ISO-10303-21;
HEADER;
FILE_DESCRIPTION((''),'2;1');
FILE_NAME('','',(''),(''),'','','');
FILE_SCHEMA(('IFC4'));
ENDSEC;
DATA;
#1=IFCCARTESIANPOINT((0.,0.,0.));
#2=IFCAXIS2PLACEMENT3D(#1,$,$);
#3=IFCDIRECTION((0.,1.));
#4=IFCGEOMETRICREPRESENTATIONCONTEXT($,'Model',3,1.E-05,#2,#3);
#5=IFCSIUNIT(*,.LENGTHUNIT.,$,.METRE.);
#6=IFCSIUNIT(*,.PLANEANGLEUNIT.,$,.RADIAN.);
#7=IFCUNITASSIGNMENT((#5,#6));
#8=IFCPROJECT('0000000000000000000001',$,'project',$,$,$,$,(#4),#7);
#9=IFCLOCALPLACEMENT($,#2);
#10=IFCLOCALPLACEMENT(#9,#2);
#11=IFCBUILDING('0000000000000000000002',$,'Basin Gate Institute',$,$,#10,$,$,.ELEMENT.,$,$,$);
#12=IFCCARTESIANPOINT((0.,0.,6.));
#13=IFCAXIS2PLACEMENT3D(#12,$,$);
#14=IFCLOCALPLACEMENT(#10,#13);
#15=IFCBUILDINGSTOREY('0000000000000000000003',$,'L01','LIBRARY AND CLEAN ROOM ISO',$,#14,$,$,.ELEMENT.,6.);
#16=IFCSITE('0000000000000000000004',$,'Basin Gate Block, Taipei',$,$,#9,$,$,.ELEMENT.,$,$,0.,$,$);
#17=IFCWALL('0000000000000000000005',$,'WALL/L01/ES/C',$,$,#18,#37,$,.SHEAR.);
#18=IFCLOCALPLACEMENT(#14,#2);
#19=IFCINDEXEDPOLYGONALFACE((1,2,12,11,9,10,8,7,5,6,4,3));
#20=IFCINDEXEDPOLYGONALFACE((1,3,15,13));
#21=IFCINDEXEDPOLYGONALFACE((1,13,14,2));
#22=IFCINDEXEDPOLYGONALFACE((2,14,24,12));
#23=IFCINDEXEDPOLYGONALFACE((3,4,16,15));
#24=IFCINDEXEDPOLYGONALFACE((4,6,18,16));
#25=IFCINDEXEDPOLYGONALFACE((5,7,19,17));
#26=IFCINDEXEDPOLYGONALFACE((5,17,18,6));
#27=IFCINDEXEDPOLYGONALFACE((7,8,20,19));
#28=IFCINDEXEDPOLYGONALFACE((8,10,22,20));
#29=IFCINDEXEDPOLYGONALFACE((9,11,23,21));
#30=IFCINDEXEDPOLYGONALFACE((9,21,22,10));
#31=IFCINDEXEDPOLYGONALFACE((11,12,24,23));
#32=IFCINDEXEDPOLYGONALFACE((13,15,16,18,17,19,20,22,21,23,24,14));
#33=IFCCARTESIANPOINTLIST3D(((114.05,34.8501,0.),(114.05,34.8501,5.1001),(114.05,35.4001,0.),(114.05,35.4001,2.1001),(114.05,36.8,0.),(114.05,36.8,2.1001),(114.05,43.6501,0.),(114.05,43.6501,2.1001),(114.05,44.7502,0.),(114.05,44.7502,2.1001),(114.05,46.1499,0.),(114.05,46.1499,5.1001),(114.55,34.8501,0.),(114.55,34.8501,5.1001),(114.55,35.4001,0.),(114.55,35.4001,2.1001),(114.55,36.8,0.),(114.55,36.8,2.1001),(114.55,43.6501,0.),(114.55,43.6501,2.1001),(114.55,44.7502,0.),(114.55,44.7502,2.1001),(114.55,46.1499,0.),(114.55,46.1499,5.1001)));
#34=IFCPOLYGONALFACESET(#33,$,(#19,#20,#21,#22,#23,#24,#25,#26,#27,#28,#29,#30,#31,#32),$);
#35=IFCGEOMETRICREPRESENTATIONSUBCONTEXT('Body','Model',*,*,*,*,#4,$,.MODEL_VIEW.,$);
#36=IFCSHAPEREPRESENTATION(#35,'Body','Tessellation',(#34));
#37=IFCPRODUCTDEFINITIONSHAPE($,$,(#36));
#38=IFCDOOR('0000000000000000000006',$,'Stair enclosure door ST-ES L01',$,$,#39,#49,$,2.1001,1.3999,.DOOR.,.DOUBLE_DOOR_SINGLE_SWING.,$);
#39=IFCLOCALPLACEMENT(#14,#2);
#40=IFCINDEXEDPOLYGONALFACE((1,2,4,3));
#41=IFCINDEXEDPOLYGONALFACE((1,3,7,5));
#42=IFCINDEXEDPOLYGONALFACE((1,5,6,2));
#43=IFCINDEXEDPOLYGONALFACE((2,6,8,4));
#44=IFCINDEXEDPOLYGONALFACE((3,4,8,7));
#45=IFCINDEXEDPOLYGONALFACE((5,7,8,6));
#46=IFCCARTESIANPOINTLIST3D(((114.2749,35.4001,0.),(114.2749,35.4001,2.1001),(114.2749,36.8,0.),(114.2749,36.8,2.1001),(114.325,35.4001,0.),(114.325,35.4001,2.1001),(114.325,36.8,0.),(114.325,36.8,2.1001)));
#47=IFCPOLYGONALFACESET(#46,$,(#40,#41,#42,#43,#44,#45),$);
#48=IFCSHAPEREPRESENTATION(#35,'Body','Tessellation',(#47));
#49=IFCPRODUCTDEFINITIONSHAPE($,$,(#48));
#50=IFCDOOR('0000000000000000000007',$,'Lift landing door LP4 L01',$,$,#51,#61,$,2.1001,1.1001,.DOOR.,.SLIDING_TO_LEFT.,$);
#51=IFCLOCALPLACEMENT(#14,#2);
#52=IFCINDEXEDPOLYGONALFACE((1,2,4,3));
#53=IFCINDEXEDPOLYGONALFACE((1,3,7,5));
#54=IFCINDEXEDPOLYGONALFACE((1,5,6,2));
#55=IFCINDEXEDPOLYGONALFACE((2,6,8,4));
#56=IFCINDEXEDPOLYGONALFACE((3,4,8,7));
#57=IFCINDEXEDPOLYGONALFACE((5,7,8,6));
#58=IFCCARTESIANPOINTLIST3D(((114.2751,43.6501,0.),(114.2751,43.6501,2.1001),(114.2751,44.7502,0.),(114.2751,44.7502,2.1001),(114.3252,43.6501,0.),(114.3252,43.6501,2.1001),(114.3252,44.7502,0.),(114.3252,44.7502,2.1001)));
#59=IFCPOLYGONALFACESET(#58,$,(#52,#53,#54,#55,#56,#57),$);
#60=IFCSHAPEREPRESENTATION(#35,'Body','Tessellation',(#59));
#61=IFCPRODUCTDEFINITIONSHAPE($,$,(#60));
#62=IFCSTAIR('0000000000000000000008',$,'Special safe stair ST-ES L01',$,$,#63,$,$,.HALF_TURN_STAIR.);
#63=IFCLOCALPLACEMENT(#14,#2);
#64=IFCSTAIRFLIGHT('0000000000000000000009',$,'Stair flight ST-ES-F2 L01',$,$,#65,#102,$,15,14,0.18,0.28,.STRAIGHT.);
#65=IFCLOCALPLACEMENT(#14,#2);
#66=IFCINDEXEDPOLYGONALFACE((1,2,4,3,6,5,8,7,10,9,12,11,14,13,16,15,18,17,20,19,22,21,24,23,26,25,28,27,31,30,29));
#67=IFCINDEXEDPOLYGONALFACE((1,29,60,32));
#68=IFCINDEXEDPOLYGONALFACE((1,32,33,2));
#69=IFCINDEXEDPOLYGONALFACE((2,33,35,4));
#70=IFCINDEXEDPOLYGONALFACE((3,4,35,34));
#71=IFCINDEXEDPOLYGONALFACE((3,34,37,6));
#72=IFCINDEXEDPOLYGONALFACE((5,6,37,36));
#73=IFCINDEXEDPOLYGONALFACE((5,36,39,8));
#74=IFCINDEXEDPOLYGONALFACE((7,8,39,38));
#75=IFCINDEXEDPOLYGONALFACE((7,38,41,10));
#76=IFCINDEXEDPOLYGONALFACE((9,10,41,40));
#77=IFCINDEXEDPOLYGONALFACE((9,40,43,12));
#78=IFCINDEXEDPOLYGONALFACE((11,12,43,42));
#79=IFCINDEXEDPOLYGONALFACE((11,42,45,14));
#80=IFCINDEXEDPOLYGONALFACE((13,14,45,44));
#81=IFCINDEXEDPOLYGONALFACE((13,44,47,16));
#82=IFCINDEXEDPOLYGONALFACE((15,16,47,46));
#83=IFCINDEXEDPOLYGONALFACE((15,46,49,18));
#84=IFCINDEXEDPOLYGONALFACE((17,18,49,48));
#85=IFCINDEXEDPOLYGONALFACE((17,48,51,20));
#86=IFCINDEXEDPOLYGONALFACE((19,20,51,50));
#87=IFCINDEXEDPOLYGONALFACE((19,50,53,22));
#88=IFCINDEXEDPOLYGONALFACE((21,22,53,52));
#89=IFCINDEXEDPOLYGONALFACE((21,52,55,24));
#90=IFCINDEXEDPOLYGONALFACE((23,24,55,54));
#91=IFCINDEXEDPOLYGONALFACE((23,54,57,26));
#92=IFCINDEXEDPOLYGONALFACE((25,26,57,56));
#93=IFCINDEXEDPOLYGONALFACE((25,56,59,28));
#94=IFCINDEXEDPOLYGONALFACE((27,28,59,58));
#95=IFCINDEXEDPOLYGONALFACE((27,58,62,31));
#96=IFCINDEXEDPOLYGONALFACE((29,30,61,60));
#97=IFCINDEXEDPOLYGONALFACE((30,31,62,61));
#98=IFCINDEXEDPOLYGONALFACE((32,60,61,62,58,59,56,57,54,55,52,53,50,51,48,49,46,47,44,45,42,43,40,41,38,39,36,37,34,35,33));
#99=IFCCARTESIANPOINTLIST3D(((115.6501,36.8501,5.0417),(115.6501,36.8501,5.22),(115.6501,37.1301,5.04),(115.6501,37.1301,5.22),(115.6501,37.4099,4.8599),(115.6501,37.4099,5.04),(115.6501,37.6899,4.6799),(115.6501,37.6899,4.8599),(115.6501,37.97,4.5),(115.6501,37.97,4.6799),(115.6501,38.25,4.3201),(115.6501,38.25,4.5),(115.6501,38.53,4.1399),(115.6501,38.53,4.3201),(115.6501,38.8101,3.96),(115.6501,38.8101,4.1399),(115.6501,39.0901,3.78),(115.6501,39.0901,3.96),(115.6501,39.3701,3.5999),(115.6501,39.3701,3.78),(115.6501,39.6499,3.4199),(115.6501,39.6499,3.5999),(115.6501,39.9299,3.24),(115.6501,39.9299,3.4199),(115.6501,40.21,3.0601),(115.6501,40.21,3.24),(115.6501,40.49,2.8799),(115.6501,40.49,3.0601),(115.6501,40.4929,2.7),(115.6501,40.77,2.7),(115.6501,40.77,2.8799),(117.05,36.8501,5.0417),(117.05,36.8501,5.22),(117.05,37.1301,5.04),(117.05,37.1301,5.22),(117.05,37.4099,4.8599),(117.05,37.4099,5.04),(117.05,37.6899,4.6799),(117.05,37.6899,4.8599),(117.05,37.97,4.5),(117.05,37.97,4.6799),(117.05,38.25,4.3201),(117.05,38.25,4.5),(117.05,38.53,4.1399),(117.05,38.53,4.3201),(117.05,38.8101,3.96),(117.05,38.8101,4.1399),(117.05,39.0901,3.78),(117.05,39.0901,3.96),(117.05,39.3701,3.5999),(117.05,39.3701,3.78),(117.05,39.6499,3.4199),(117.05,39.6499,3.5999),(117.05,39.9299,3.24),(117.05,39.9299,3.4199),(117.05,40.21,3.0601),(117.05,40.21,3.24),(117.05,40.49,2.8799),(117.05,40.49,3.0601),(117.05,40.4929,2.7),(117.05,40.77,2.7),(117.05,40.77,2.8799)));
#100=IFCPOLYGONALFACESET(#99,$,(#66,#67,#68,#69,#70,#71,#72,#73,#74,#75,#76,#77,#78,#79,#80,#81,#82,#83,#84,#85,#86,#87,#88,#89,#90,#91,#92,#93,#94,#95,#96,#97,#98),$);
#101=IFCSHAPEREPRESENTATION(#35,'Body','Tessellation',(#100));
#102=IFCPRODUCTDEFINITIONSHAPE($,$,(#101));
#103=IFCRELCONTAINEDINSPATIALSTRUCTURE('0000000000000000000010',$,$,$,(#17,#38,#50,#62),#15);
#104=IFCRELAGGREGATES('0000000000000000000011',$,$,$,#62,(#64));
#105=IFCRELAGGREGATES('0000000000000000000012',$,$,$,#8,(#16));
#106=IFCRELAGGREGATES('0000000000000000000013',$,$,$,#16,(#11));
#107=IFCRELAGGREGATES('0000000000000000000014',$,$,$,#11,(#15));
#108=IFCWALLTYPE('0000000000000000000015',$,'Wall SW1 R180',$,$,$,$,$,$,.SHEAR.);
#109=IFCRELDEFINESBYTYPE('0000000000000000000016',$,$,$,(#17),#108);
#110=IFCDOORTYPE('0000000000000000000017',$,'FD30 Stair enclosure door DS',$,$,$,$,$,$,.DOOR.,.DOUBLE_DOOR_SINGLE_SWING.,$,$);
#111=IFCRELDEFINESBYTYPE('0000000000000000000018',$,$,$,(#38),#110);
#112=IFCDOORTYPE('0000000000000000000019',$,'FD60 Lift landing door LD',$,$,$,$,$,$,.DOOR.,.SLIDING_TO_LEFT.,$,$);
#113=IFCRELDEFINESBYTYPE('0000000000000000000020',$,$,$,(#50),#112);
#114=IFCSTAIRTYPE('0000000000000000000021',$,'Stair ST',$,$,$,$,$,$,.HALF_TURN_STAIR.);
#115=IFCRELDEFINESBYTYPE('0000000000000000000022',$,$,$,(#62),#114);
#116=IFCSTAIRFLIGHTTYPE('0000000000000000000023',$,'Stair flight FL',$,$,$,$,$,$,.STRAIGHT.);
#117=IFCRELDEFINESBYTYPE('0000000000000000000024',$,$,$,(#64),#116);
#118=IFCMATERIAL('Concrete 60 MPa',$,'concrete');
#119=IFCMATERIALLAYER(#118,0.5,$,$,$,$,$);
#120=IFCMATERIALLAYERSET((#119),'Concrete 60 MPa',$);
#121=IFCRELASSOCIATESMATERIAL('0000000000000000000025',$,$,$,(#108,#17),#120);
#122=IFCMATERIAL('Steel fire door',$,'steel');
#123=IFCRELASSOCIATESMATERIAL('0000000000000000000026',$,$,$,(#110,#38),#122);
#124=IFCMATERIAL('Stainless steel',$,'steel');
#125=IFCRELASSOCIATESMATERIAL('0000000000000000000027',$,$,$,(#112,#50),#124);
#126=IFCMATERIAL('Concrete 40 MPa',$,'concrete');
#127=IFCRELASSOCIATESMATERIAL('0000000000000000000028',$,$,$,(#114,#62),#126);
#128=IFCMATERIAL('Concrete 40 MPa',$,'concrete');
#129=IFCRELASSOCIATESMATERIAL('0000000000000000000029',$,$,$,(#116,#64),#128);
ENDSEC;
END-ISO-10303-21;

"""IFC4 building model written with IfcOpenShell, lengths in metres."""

from ifc_helpers import new_model, si_unit, direction, frame, frame_2d, origin, place, context, subcontext, project, spatial, polyline, rectangle, outline, extrude, material, layer, layer_set, type_object, element, fill, aggregate, save


model = new_model("IFC4")

# Units and contexts
model_context = context("Model", 3, precision=1e-05, world=origin(), true_north=direction((0.0, 1.0)))
body_context = subcontext(model_context, "Body", "Model", "MODEL_VIEW")
ifc_project = project(units=[si_unit("LENGTHUNIT", "METRE"), si_unit("PLANEANGLEUNIT", "RADIAN")], contexts=[model_context])

# Site, building, storey
site_placement = place(None, origin())
site = spatial("IfcSite", under=ifc_project, at=site_placement, Name="Basin Gate Block, Taipei", CompositionType="ELEMENT", RefElevation=0.0)
building_placement = place(site_placement, origin())
building = spatial("IfcBuilding", under=site, at=building_placement, Name="Basin Gate Institute", CompositionType="ELEMENT")
storey_placement = place(building_placement, frame((0.0, 0.0, 6.0)))
storey = spatial("IfcBuildingStorey", under=building, at=storey_placement, Name="L01", Description="LIBRARY AND CLEAN ROOM ISO", CompositionType="ELEMENT", Elevation=6.0)

# Wall, openings, doors
ifc_material_1 = material(Name="Concrete 60 MPa", Category="concrete")
ifc_layer_1 = layer(ifc_material_1, 0.5)
ifc_layer_set_1 = layer_set([ifc_layer_1], Name="Concrete 60 MPa")
wall_type_1 = type_object("IfcWallType", Name="Wall SW1 R180", PredefinedType="SHEAR", material=ifc_layer_set_1)
wall_1_placement = place(storey_placement, frame((114.3, 34.8501, 0.0), z_axis=(0.0, 0.0, 1.0), x_axis=(0.0, 1.0, 0.0)))
wall_1 = element("IfcWall", 1, at=wall_1_placement, inside=storey, type_object=wall_type_1, material=ifc_layer_set_1, Name="WALL/L01/ES/C", PredefinedType="SHEAR", context=body_context, shape_type="SweptSolid", body=[
    extrude(rectangle(XDim=11.2998, YDim=0.5, at=frame_2d((5.6499, 0.0))), origin(), (0.0, 0.0, 1.0), 5.1001),
])
opening_1_placement = place(wall_1_placement, frame((0.55, 0.0, 0.0)))
opening_1 = element("IfcOpeningElement", 2, at=opening_1_placement, cuts=wall_1, PredefinedType="OPENING", context=body_context, shape_type="SweptSolid", body=[
    extrude(rectangle(XDim=1.3999, YDim=2.1001, at=frame_2d((0.7, 1.05))), frame((0.0, 0.26, 0.0), z_axis=(0.0, -1.0, 0.0), x_axis=(1.0, 0.0, 0.0)), (0.0, 0.0, 1.0), 0.52),
])
opening_2_placement = place(wall_1_placement, frame((8.8, 0.0, 0.0)))
opening_2 = element("IfcOpeningElement", 3, at=opening_2_placement, cuts=wall_1, PredefinedType="OPENING", context=body_context, shape_type="SweptSolid", body=[
    extrude(rectangle(XDim=1.1001, YDim=2.1001, at=frame_2d((0.55, 1.05))), frame((0.0, 0.26, 0.0), z_axis=(0.0, -1.0, 0.0), x_axis=(1.0, 0.0, 0.0)), (0.0, 0.0, 1.0), 0.52),
])
ifc_material_2 = material(Name="Steel fire door", Category="steel")
door_type_1 = type_object("IfcDoorType", Name="FD30 Stair enclosure door DS", OperationType="DOUBLE_DOOR_SINGLE_SWING", PredefinedType="DOOR", material=ifc_material_2)
door_1_placement = place(opening_1_placement, frame((1.3999, 0.0, 0.0), z_axis=(0.0, 0.0, 1.0), x_axis=(-1.0, 0.0, 0.0)))
door_1 = element("IfcDoor", 4, at=door_1_placement, inside=storey, type_object=door_type_1, material=ifc_material_2, Name="Stair enclosure door ST-ES L01", OperationType="DOUBLE_DOOR_SINGLE_SWING", OverallHeight=2.1001, OverallWidth=1.3999, PredefinedType="DOOR", context=body_context, shape_type="SweptSolid", body=[
    extrude(rectangle(XDim=1.3999, YDim=2.1001, at=frame_2d((0.7, 1.05))), frame((0.0, 0.0249, 0.0), z_axis=(0.0, -1.0, 0.0), x_axis=(1.0, 0.0, 0.0)), (0.0, 0.0, 1.0), 0.05),
])
fill(opening_1, door_1)
ifc_material_3 = material(Name="Stainless steel", Category="steel")
door_type_2 = type_object("IfcDoorType", Name="FD60 Lift landing door LD", OperationType="SLIDING_TO_LEFT", PredefinedType="DOOR", material=ifc_material_3)
door_2_placement = place(opening_2_placement, origin())
door_2 = element("IfcDoor", 5, at=door_2_placement, inside=storey, type_object=door_type_2, material=ifc_material_3, Name="Lift landing door LP4 L01", OperationType="SLIDING_TO_LEFT", OverallHeight=2.1001, OverallWidth=1.1001, PredefinedType="DOOR", context=body_context, shape_type="SweptSolid", body=[
    extrude(rectangle(XDim=1.1001, YDim=2.1001, at=frame_2d((0.55, 1.05))), frame((0.0, 0.0249, 0.0), z_axis=(0.0, -1.0, 0.0), x_axis=(1.0, 0.0, 0.0)), (0.0, 0.0, 1.0), 0.05),
])
fill(opening_2, door_2)

# Stair, stair flight
ifc_material_4 = material(Name="Concrete 40 MPa", Category="concrete")
stair_type = type_object("IfcStairType", Name="Stair ST", PredefinedType="HALF_TURN_STAIR", material=ifc_material_4)
stair_placement = place(storey_placement, origin())
stair = element("IfcStair", 6, at=stair_placement, inside=storey, type_object=stair_type, material=ifc_material_4, Name="Special safe stair ST-ES L01", PredefinedType="HALF_TURN_STAIR")
ifc_material_5 = material(Name="Concrete 40 MPa", Category="concrete")
stair_flight_type = type_object("IfcStairFlightType", Name="Stair flight FL", PredefinedType="STRAIGHT", material=ifc_material_5)
stair_flight_placement = place(storey_placement, frame((116.3501, 40.77, 2.7), z_axis=(0.0, 0.0, 1.0), x_axis=(0.0, -1.0, 0.0)))
stair_flight = element("IfcStairFlight", 7, at=stair_flight_placement, type_object=stair_flight_type, material=ifc_material_5, Name="Stair flight ST-ES-F2 L01", NumberOfRisers=15, NumberOfTreads=14, PredefinedType="STRAIGHT", RiserHeight=0.18, TreadLength=0.28, context=body_context, shape_type="SweptSolid", body=[
    extrude(outline(polyline([(0.0, 0.0), (0.0, 0.1799), (0.28, 0.1799), (0.28, 0.3601), (0.5601, 0.3601), (0.5601, 0.54), (0.8401, 0.54), (0.8401, 0.72), (1.1201, 0.72), (1.1201, 0.8999), (1.3999, 0.8999), (1.3999, 1.0801), (1.6799, 1.0801), (1.6799, 1.26), (1.96, 1.26), (1.96, 1.4399), (2.24, 1.4399), (2.24, 1.6201), (2.52, 1.6201), (2.52, 1.8), (2.8, 1.8), (2.8, 1.98), (3.0801, 1.98), (3.0801, 2.1599), (3.3601, 2.1599), (3.3601, 2.3401), (3.6399, 2.3401), (3.6399, 2.52), (3.9199, 2.52), (3.9199, 2.7), (3.9199, 2.3418), (0.2771, 0.0), (0.0, 0.0)])), frame((0.0, 0.7, 0.0), z_axis=(0.0, -1.0, 0.0), x_axis=(1.0, 0.0, 0.0)), (0.0, 0.0, 1.0), 1.3999),
])
aggregate(stair, [stair_flight])

save(model, "model.ifc")
